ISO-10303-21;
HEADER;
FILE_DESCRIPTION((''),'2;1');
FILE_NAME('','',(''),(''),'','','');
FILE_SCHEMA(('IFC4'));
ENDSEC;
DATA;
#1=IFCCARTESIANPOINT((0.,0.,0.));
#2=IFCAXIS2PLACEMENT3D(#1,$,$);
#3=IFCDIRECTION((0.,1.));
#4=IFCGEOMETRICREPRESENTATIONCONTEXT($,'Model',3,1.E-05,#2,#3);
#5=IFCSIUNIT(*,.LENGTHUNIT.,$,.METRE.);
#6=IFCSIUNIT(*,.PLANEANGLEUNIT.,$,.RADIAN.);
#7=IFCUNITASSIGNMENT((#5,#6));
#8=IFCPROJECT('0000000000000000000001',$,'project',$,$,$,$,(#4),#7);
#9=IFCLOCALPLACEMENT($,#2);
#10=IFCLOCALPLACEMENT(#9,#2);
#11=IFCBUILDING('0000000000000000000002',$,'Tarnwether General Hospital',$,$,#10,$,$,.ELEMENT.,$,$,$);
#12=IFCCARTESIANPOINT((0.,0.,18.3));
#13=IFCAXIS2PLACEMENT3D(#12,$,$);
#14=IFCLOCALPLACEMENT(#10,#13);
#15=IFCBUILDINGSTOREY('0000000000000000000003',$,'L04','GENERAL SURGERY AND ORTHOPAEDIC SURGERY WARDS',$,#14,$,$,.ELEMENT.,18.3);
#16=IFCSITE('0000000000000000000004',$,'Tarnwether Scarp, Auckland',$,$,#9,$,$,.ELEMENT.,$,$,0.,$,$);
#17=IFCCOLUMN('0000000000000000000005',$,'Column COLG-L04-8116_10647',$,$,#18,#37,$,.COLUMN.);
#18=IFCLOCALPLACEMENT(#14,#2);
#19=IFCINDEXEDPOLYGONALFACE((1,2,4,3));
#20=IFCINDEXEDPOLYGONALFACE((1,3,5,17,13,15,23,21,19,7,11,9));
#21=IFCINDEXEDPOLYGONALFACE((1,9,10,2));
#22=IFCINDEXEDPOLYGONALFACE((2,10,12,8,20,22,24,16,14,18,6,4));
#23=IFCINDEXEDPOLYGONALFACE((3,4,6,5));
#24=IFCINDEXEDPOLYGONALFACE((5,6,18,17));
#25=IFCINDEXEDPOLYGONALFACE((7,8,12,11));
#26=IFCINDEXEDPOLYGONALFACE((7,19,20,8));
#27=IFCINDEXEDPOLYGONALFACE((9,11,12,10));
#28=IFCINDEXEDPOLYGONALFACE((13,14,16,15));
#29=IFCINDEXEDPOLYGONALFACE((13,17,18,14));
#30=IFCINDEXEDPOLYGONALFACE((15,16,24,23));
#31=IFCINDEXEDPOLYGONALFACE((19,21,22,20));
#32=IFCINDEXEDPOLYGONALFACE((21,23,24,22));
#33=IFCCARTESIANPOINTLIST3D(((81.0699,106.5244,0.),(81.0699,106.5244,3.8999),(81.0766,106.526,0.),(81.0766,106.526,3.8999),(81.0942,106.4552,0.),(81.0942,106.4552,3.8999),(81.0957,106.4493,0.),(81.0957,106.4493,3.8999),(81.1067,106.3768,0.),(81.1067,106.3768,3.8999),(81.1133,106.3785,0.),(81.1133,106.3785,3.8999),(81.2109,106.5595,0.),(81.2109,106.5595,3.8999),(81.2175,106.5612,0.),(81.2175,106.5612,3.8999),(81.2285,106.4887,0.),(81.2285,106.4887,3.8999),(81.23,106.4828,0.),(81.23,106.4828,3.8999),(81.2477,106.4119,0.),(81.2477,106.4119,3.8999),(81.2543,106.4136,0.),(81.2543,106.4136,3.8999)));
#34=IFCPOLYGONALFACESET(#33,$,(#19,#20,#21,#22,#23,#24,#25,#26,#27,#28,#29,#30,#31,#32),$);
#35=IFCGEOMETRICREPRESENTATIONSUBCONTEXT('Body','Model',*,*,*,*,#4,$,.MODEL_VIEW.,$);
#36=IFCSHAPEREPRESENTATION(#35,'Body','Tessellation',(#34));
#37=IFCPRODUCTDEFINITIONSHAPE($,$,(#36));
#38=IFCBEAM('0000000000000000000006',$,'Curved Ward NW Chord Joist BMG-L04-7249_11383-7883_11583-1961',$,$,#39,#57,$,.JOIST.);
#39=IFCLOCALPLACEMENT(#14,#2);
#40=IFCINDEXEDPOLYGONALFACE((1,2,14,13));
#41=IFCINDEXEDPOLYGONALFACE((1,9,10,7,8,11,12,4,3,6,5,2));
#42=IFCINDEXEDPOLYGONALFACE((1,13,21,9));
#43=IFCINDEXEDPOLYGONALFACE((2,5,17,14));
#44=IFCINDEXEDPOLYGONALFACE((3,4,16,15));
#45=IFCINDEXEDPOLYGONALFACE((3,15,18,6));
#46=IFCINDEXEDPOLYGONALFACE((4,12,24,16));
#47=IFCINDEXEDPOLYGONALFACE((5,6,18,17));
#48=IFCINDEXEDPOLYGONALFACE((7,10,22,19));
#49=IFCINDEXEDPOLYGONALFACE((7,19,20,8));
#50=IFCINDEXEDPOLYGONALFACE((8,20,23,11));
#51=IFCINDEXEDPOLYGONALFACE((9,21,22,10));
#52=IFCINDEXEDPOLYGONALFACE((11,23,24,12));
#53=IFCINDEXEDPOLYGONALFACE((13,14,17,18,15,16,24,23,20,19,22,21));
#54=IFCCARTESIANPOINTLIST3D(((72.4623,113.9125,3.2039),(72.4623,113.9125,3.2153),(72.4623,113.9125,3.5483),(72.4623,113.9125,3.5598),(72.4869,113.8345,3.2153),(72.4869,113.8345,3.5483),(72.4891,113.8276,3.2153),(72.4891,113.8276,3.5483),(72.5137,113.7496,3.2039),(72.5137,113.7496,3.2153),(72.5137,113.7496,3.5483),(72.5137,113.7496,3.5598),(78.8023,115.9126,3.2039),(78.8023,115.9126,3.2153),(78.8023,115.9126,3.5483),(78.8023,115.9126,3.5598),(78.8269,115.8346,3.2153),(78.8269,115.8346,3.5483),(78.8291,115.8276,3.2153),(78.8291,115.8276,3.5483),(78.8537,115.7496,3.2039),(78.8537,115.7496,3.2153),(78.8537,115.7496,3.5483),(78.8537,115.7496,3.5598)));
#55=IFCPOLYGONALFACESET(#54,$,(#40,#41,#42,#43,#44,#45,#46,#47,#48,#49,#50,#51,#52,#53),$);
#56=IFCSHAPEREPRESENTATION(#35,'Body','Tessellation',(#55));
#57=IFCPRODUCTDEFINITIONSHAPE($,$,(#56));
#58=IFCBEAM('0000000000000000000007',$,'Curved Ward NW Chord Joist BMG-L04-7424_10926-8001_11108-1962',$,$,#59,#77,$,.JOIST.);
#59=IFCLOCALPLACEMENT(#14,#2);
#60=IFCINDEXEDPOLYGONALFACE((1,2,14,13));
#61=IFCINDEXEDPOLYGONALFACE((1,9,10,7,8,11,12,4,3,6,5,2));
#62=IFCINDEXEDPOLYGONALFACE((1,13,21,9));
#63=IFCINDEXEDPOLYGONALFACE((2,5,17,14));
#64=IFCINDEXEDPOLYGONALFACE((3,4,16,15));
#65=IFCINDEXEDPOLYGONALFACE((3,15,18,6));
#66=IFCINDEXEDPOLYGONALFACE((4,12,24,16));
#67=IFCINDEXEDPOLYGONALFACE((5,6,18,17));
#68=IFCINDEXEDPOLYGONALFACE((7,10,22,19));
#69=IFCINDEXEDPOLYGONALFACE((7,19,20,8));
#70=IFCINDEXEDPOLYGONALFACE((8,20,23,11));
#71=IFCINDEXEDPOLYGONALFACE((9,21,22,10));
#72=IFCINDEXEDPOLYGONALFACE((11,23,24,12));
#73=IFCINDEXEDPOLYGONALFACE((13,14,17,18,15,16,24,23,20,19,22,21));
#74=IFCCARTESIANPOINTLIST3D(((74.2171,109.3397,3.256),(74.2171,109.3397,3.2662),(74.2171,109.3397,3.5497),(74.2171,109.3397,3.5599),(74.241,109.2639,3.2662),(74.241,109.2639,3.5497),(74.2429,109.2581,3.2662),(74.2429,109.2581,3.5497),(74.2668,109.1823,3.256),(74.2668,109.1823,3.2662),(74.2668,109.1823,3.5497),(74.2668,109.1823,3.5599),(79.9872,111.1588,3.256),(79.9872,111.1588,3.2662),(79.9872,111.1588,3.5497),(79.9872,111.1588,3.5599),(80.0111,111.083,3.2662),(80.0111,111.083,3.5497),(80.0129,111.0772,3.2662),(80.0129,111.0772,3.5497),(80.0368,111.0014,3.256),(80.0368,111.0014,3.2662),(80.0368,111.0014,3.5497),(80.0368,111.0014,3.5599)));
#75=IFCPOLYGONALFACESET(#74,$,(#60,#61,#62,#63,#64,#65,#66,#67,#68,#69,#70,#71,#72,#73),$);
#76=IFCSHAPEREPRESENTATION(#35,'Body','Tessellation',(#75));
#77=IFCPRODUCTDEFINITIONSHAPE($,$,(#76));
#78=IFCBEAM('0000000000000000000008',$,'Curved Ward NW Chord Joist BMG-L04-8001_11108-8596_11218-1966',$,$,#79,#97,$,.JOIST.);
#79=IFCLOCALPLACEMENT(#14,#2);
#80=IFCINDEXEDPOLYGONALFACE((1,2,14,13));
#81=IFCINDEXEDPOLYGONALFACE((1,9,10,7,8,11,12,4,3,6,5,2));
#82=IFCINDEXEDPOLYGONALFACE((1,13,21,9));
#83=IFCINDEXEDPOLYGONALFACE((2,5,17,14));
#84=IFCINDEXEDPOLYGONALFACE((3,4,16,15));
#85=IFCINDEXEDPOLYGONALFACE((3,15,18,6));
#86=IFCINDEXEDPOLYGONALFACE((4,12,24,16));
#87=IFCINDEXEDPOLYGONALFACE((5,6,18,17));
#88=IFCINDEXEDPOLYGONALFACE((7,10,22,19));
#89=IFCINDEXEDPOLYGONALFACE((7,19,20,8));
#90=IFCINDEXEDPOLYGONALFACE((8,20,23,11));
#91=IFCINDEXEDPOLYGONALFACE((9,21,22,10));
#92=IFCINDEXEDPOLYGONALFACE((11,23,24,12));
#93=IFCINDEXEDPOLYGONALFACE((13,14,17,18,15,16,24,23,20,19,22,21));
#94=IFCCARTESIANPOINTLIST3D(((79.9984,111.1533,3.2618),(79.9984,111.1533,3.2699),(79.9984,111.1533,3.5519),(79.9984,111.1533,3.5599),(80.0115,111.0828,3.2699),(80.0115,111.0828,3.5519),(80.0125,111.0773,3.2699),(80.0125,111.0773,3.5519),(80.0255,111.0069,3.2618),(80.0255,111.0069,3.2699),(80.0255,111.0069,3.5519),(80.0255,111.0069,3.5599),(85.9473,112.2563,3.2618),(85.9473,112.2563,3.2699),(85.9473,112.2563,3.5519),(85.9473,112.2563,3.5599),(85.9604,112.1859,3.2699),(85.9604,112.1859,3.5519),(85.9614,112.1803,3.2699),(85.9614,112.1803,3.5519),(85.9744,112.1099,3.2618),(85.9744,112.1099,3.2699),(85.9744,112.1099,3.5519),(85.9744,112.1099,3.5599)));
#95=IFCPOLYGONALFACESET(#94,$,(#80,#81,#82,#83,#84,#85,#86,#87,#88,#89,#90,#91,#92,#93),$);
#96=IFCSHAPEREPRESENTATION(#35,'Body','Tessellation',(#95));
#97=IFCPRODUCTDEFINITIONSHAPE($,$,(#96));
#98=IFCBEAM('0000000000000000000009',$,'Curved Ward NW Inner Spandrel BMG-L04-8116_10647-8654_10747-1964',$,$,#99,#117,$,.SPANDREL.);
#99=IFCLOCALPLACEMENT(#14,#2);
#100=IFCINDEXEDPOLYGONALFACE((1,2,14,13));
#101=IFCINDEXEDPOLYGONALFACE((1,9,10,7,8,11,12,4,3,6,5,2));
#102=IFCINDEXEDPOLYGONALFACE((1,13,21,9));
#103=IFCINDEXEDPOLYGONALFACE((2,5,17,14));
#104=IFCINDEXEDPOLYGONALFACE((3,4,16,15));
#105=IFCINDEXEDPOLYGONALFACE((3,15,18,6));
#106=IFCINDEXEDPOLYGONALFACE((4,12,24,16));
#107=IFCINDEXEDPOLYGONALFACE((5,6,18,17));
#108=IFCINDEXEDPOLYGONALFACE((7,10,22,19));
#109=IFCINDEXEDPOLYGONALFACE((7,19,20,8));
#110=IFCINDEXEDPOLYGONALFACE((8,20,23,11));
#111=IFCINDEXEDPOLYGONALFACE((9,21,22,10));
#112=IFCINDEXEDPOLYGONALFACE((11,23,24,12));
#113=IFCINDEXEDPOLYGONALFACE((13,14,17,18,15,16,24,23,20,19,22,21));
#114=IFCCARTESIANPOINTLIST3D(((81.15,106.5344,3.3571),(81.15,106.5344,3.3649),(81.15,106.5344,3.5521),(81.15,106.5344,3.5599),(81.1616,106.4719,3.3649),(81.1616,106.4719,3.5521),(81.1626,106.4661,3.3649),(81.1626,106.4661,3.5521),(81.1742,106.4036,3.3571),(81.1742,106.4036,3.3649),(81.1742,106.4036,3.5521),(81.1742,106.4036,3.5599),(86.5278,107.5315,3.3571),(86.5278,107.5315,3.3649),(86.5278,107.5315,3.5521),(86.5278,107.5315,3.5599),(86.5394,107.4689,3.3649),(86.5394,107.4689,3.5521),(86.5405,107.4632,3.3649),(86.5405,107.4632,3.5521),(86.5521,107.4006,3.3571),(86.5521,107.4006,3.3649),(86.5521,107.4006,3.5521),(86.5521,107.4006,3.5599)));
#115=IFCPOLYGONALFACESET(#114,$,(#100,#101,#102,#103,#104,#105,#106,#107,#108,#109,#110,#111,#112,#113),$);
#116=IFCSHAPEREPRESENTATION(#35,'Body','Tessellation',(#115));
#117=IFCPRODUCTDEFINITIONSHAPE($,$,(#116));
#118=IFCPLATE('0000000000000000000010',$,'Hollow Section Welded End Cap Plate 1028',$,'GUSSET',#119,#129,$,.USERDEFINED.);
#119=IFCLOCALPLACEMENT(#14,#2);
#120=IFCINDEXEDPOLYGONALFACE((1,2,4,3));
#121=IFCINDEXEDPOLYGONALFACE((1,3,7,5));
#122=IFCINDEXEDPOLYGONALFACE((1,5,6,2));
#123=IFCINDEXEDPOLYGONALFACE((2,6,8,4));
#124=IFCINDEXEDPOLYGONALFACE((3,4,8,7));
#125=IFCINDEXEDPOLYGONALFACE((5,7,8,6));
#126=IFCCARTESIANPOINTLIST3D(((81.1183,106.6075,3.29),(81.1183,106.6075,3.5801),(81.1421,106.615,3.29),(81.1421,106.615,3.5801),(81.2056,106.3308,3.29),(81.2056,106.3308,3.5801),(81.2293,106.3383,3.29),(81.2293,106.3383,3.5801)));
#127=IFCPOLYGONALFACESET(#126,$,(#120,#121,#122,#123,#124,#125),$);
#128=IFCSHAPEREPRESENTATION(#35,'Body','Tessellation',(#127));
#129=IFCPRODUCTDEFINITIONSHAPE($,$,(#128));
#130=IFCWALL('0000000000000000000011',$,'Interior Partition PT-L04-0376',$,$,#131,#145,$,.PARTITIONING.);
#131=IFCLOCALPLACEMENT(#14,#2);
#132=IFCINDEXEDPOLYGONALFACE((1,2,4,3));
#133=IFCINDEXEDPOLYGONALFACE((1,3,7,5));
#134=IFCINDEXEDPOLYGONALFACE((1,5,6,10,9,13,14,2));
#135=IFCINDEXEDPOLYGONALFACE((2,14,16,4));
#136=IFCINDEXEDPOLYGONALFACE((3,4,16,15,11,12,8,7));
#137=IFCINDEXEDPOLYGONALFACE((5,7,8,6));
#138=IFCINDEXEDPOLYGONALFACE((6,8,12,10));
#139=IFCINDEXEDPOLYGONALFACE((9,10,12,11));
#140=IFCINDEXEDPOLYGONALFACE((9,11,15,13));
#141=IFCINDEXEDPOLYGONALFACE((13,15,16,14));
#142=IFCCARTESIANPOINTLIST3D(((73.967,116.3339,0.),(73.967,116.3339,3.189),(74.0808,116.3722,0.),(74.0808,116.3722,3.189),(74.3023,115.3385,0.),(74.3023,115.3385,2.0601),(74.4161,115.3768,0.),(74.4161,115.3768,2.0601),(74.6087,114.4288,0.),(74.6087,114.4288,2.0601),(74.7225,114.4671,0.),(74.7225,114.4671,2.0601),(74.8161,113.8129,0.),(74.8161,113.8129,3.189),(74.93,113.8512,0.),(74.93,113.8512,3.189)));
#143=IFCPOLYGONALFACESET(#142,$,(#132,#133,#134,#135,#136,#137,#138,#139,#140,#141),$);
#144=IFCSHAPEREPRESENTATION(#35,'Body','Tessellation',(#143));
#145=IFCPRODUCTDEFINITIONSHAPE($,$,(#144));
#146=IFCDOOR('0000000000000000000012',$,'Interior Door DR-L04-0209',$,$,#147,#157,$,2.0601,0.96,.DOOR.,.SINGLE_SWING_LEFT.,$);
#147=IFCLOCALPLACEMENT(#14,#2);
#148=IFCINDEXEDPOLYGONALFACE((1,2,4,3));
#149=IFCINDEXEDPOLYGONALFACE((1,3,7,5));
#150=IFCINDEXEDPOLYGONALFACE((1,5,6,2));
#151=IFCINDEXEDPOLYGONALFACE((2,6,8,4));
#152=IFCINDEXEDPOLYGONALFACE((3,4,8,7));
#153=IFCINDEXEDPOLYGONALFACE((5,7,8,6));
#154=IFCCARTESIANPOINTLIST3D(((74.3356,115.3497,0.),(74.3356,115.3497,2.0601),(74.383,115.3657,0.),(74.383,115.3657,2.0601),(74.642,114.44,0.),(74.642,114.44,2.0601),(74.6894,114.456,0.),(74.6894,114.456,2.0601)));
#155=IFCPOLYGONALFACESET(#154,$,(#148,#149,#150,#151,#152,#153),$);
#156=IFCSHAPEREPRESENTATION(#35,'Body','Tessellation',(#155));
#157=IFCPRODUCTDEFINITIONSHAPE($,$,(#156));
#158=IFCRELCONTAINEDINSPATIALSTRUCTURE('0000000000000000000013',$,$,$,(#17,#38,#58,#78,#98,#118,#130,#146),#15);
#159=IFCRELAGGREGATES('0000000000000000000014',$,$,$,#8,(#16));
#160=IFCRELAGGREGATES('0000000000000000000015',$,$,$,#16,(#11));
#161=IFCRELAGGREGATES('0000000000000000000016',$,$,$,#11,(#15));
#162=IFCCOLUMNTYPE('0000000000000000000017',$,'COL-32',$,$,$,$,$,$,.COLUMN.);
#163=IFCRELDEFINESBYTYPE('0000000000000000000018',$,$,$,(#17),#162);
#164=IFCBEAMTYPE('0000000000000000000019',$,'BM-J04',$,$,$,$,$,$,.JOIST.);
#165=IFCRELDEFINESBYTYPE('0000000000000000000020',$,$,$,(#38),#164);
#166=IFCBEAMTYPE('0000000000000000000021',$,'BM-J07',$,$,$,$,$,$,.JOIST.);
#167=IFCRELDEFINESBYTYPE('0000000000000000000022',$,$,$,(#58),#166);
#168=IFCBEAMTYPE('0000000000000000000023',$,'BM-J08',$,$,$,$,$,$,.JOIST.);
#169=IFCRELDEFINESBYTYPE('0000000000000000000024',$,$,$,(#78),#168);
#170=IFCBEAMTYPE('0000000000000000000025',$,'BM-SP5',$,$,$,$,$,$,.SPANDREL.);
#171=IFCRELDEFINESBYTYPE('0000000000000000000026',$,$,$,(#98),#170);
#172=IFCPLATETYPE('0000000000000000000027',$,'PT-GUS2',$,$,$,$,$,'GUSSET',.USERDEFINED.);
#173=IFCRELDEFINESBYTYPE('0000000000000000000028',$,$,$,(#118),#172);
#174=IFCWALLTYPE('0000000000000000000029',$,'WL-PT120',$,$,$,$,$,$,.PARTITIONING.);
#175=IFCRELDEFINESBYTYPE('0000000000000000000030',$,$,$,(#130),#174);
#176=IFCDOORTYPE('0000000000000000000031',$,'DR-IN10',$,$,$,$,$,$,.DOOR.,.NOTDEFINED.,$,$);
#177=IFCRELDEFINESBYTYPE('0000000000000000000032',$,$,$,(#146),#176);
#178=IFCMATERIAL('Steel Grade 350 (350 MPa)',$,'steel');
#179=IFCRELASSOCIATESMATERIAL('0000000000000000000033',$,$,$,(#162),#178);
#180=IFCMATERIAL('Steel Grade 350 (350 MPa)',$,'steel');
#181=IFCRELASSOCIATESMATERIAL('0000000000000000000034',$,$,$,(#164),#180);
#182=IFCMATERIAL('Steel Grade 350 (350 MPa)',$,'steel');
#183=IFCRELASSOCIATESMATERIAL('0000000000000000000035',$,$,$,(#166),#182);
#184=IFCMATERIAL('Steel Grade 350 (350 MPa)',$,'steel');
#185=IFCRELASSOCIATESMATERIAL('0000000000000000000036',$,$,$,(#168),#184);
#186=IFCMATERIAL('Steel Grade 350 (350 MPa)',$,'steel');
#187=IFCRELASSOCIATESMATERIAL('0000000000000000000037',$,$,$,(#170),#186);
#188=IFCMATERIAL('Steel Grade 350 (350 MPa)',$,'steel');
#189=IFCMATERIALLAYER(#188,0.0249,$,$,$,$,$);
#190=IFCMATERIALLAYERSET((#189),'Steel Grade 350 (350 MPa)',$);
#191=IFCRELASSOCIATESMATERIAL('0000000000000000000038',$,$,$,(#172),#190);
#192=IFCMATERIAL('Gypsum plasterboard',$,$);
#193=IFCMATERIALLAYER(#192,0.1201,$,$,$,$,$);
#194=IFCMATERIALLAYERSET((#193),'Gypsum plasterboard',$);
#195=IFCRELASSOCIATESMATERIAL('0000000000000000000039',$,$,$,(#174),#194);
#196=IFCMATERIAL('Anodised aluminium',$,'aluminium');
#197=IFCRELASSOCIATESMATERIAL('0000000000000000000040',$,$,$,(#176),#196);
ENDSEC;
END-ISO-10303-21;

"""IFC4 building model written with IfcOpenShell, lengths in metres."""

from ifc_helpers import new_model, si_unit, direction, frame, frame_2d, origin, origin_2d, place, context, subcontext, project, spatial, rectangle, i_section, extrude, material, layer, layer_set, material_profile, profile_set, type_object, element, fill, save


model = new_model("IFC4")

# Units and contexts
model_context = context("Model", 3, precision=1e-05, world=origin(), true_north=direction((0.0, 1.0)))
body_context = subcontext(model_context, "Body", "Model", "MODEL_VIEW")
ifc_project = project(units=[si_unit("LENGTHUNIT", "METRE"), si_unit("PLANEANGLEUNIT", "RADIAN")], contexts=[model_context])

# Site, building, storey
site_placement = place(None, origin())
site = spatial("IfcSite", under=ifc_project, at=site_placement, Name="Tarnwether Scarp, Auckland", CompositionType="ELEMENT", RefElevation=0.0)
building_placement = place(site_placement, origin())
building = spatial("IfcBuilding", under=site, at=building_placement, Name="Tarnwether General Hospital", CompositionType="ELEMENT")
storey_placement = place(building_placement, frame((0.0, 0.0, 18.3)))
storey = spatial("IfcBuildingStorey", under=building, at=storey_placement, Name="L04", Description="GENERAL SURGERY AND ORTHOPAEDIC SURGERY WARDS", CompositionType="ELEMENT", Elevation=18.3)

# Column
ifc_material_1 = material(Name="Steel Grade 350 (350 MPa)", Category="steel")
ifc_material_profile_1 = material_profile(ifc_material_1, i_section(OverallWidth=0.1521, OverallDepth=0.1521, WebThickness=0.0061, FlangeThickness=0.0068, at=origin_2d()), Name="150UC23.4")
ifc_profile_set_1 = profile_set([ifc_material_profile_1], Name="Steel Grade 350 (350 MPa)")
column_type = type_object("IfcColumnType", Name="COL-32", PredefinedType="COLUMN", material=ifc_profile_set_1)
column_placement = place(storey_placement, frame((81.1621, 106.469, 0.0), z_axis=(0.0, 0.0, 1.0), x_axis=(-0.241922, 0.970296, 0.0)))
element("IfcColumn", 1, at=column_placement, inside=storey, type_object=column_type, Name="Column COLG-L04-8116_10647", PredefinedType="COLUMN", context=body_context, shape_type="SweptSolid", body=[
    extrude(i_section(OverallWidth=0.1521, OverallDepth=0.1521, WebThickness=0.0061, FlangeThickness=0.0068, at=origin_2d()), origin(), (0.0, 0.0, 1.0), 3.8999),
])

# Beams
ifc_material_2 = material(Name="Steel Grade 350 (350 MPa)", Category="steel")
ifc_material_profile_2 = material_profile(ifc_material_2, i_section(OverallWidth=0.1709, OverallDepth=0.356, WebThickness=0.0073, FlangeThickness=0.0115, at=origin_2d()), Name="360UB50.7")
ifc_profile_set_2 = profile_set([ifc_material_profile_2], Name="Steel Grade 350 (350 MPa)")
beam_type_1 = type_object("IfcBeamType", Name="BM-J04", PredefinedType="JOIST", material=ifc_profile_set_2)
beam_1_placement = place(storey_placement, frame((72.488, 113.8311, 3.3818), z_axis=(0.953671, 0.30085, 0.0), x_axis=(-0.30085, 0.953671, 0.0)))
element("IfcBeam", 2, at=beam_1_placement, inside=storey, type_object=beam_type_1, Name="Curved Ward NW Chord Joist BMG-L04-7249_11383-7883_11583-1961", PredefinedType="JOIST", context=body_context, shape_type="SweptSolid", body=[
    extrude(i_section(OverallWidth=0.1709, OverallDepth=0.356, WebThickness=0.0073, FlangeThickness=0.0115, at=origin_2d()), origin(), (0.0, 0.0, 1.0), 6.6479),
])
ifc_material_3 = material(Name="Steel Grade 350 (350 MPa)", Category="steel")
ifc_material_profile_3 = material_profile(ifc_material_3, i_section(OverallWidth=0.165, OverallDepth=0.304, WebThickness=0.0061, FlangeThickness=0.0103, at=origin_2d()), Name="310UB40.4")
ifc_profile_set_3 = profile_set([ifc_material_profile_3], Name="Steel Grade 350 (350 MPa)")
beam_type_2 = type_object("IfcBeamType", Name="BM-J07", PredefinedType="JOIST", material=ifc_profile_set_3)
beam_2_placement = place(storey_placement, frame((74.2419, 109.261, 3.408), z_axis=(0.953726, 0.300677, 0.0), x_axis=(-0.300677, 0.953726, 0.0)))
element("IfcBeam", 3, at=beam_2_placement, inside=storey, type_object=beam_type_2, Name="Curved Ward NW Chord Joist BMG-L04-7424_10926-8001_11108-1962", PredefinedType="JOIST", context=body_context, shape_type="SweptSolid", body=[
    extrude(i_section(OverallWidth=0.165, OverallDepth=0.304, WebThickness=0.0061, FlangeThickness=0.0103, at=origin_2d()), origin(), (0.0, 0.0, 1.0), 6.05),
])
ifc_material_4 = material(Name="Steel Grade 350 (350 MPa)", Category="steel")
ifc_material_profile_4 = material_profile(ifc_material_4, i_section(OverallWidth=0.1489, OverallDepth=0.2981, WebThickness=0.0056, FlangeThickness=0.0081, at=origin_2d()), Name="310UB32.0")
ifc_profile_set_4 = profile_set([ifc_material_profile_4], Name="Steel Grade 350 (350 MPa)")
beam_type_3 = type_object("IfcBeamType", Name="BM-J08", PredefinedType="JOIST", material=ifc_profile_set_4)
beam_3_placement = place(storey_placement, frame((80.012, 111.0801, 3.4109), z_axis=(0.983242, 0.182307, 0.0), x_axis=(-0.182307, 0.983242, 0.0)))
element("IfcBeam", 4, at=beam_3_placement, inside=storey, type_object=beam_type_3, Name="Curved Ward NW Chord Joist BMG-L04-8001_11108-8596_11218-1966", PredefinedType="JOIST", context=body_context, shape_type="SweptSolid", body=[
    extrude(i_section(OverallWidth=0.1489, OverallDepth=0.2981, WebThickness=0.0056, FlangeThickness=0.0081, at=origin_2d()), origin(), (0.0, 0.0, 1.0), 6.0503),
])
ifc_material_5 = material(Name="Steel Grade 350 (350 MPa)", Category="steel")
ifc_material_profile_5 = material_profile(ifc_material_5, i_section(OverallWidth=0.1331, OverallDepth=0.2029, WebThickness=0.0059, FlangeThickness=0.0078, at=origin_2d()), Name="200UB25.4")
ifc_profile_set_5 = profile_set([ifc_material_profile_5], Name="Steel Grade 350 (350 MPa)")
beam_type_4 = type_object("IfcBeamType", Name="BM-SP5", PredefinedType="SPANDREL", material=ifc_profile_set_5)
beam_4_placement = place(storey_placement, frame((81.1621, 106.469, 3.4585), z_axis=(0.983244, 0.182294, 0.0), x_axis=(-0.182294, 0.983244, 0.0)))
element("IfcBeam", 5, at=beam_4_placement, inside=storey, type_object=beam_type_4, Name="Curved Ward NW Inner Spandrel BMG-L04-8116_10647-8654_10747-1964", PredefinedType="SPANDREL", context=body_context, shape_type="SweptSolid", body=[
    extrude(i_section(OverallWidth=0.1331, OverallDepth=0.2029, WebThickness=0.0059, FlangeThickness=0.0078, at=origin_2d()), origin(), (0.0, 0.0, 1.0), 5.4695),
])

# Plate
ifc_material_6 = material(Name="Steel Grade 350 (350 MPa)", Category="steel")
ifc_layer_1 = layer(ifc_material_6, 0.0249)
ifc_layer_set_1 = layer_set([ifc_layer_1], Name="Steel Grade 350 (350 MPa)")
plate_type = type_object("IfcPlateType", Name="PT-GUS2", ElementType="GUSSET", PredefinedType="USERDEFINED", material=ifc_layer_set_1)
plate_placement = place(storey_placement, frame((81.1738, 106.4729, 3.29), z_axis=(0.0, 0.0, 1.0), x_axis=(0.953712, 0.300722, 0.0)))
element("IfcPlate", 6, at=plate_placement, inside=storey, type_object=plate_type, Name="Hollow Section Welded End Cap Plate 1028", ObjectType="GUSSET", PredefinedType="USERDEFINED", context=body_context, shape_type="SweptSolid", body=[
    extrude(rectangle(XDim=0.0249, YDim=0.29, at=origin_2d()), origin(), (0.0, 0.0, 1.0), 0.29),
])

# Wall, opening, door
ifc_material_7 = material(Name="Gypsum plasterboard")
ifc_layer_2 = layer(ifc_material_7, 0.1201)
ifc_layer_set_2 = layer_set([ifc_layer_2], Name="Gypsum plasterboard")
wall_type_1 = type_object("IfcWallType", Name="WL-PT120", PredefinedType="PARTITIONING", material=ifc_layer_set_2)
wall_1_placement = place(storey_placement, frame((74.873, 113.832, 0.0), z_axis=(0.0, 0.0, 1.0), x_axis=(-0.3192, 0.947687, 0.0)))
wall_1 = element("IfcWall", 7, at=wall_1_placement, inside=storey, type_object=wall_type_1, Name="Interior Partition PT-L04-0376", PredefinedType="PARTITIONING", context=body_context, shape_type="SweptSolid", body=[
    extrude(rectangle(XDim=2.6602, YDim=0.1201, at=frame_2d((1.3301, 0.0))), origin(), (0.0, 0.0, 1.0), 3.189),
])
opening_1_placement = place(wall_1_placement, frame((0.6499, 0.0, 0.0)))
opening_1 = element("IfcOpeningElement", 8, at=opening_1_placement, cuts=wall_1, PredefinedType="OPENING", context=body_context, shape_type="SweptSolid", body=[
    extrude(rectangle(XDim=0.96, YDim=2.0601, at=frame_2d((0.48, 1.03))), frame((0.0, 0.0701, 0.0), z_axis=(0.0, -1.0, 0.0), x_axis=(1.0, 0.0, 0.0)), (0.0, 0.0, 1.0), 0.1401),
])
ifc_material_8 = material(Name="Anodised aluminium", Category="aluminium")
door_type_1 = type_object("IfcDoorType", Name="DR-IN10", OperationType="NOTDEFINED", PredefinedType="DOOR", material=ifc_material_8)
door_1_placement = place(opening_1_placement, origin())
door_1 = element("IfcDoor", 9, at=door_1_placement, inside=storey, type_object=door_type_1, Name="Interior Door DR-L04-0209", OperationType="SINGLE_SWING_LEFT", OverallHeight=2.0601, OverallWidth=0.96, PredefinedType="DOOR", context=body_context, shape_type="SweptSolid", body=[
    extrude(rectangle(XDim=0.96, YDim=2.0601, at=frame_2d((0.48, 1.03))), frame((0.0, 0.0249, 0.0), z_axis=(0.0, -1.0, 0.0), x_axis=(1.0, 0.0, 0.0)), (0.0, 0.0, 1.0), 0.05),
])
fill(opening_1, door_1)

save(model, "model.ifc")
